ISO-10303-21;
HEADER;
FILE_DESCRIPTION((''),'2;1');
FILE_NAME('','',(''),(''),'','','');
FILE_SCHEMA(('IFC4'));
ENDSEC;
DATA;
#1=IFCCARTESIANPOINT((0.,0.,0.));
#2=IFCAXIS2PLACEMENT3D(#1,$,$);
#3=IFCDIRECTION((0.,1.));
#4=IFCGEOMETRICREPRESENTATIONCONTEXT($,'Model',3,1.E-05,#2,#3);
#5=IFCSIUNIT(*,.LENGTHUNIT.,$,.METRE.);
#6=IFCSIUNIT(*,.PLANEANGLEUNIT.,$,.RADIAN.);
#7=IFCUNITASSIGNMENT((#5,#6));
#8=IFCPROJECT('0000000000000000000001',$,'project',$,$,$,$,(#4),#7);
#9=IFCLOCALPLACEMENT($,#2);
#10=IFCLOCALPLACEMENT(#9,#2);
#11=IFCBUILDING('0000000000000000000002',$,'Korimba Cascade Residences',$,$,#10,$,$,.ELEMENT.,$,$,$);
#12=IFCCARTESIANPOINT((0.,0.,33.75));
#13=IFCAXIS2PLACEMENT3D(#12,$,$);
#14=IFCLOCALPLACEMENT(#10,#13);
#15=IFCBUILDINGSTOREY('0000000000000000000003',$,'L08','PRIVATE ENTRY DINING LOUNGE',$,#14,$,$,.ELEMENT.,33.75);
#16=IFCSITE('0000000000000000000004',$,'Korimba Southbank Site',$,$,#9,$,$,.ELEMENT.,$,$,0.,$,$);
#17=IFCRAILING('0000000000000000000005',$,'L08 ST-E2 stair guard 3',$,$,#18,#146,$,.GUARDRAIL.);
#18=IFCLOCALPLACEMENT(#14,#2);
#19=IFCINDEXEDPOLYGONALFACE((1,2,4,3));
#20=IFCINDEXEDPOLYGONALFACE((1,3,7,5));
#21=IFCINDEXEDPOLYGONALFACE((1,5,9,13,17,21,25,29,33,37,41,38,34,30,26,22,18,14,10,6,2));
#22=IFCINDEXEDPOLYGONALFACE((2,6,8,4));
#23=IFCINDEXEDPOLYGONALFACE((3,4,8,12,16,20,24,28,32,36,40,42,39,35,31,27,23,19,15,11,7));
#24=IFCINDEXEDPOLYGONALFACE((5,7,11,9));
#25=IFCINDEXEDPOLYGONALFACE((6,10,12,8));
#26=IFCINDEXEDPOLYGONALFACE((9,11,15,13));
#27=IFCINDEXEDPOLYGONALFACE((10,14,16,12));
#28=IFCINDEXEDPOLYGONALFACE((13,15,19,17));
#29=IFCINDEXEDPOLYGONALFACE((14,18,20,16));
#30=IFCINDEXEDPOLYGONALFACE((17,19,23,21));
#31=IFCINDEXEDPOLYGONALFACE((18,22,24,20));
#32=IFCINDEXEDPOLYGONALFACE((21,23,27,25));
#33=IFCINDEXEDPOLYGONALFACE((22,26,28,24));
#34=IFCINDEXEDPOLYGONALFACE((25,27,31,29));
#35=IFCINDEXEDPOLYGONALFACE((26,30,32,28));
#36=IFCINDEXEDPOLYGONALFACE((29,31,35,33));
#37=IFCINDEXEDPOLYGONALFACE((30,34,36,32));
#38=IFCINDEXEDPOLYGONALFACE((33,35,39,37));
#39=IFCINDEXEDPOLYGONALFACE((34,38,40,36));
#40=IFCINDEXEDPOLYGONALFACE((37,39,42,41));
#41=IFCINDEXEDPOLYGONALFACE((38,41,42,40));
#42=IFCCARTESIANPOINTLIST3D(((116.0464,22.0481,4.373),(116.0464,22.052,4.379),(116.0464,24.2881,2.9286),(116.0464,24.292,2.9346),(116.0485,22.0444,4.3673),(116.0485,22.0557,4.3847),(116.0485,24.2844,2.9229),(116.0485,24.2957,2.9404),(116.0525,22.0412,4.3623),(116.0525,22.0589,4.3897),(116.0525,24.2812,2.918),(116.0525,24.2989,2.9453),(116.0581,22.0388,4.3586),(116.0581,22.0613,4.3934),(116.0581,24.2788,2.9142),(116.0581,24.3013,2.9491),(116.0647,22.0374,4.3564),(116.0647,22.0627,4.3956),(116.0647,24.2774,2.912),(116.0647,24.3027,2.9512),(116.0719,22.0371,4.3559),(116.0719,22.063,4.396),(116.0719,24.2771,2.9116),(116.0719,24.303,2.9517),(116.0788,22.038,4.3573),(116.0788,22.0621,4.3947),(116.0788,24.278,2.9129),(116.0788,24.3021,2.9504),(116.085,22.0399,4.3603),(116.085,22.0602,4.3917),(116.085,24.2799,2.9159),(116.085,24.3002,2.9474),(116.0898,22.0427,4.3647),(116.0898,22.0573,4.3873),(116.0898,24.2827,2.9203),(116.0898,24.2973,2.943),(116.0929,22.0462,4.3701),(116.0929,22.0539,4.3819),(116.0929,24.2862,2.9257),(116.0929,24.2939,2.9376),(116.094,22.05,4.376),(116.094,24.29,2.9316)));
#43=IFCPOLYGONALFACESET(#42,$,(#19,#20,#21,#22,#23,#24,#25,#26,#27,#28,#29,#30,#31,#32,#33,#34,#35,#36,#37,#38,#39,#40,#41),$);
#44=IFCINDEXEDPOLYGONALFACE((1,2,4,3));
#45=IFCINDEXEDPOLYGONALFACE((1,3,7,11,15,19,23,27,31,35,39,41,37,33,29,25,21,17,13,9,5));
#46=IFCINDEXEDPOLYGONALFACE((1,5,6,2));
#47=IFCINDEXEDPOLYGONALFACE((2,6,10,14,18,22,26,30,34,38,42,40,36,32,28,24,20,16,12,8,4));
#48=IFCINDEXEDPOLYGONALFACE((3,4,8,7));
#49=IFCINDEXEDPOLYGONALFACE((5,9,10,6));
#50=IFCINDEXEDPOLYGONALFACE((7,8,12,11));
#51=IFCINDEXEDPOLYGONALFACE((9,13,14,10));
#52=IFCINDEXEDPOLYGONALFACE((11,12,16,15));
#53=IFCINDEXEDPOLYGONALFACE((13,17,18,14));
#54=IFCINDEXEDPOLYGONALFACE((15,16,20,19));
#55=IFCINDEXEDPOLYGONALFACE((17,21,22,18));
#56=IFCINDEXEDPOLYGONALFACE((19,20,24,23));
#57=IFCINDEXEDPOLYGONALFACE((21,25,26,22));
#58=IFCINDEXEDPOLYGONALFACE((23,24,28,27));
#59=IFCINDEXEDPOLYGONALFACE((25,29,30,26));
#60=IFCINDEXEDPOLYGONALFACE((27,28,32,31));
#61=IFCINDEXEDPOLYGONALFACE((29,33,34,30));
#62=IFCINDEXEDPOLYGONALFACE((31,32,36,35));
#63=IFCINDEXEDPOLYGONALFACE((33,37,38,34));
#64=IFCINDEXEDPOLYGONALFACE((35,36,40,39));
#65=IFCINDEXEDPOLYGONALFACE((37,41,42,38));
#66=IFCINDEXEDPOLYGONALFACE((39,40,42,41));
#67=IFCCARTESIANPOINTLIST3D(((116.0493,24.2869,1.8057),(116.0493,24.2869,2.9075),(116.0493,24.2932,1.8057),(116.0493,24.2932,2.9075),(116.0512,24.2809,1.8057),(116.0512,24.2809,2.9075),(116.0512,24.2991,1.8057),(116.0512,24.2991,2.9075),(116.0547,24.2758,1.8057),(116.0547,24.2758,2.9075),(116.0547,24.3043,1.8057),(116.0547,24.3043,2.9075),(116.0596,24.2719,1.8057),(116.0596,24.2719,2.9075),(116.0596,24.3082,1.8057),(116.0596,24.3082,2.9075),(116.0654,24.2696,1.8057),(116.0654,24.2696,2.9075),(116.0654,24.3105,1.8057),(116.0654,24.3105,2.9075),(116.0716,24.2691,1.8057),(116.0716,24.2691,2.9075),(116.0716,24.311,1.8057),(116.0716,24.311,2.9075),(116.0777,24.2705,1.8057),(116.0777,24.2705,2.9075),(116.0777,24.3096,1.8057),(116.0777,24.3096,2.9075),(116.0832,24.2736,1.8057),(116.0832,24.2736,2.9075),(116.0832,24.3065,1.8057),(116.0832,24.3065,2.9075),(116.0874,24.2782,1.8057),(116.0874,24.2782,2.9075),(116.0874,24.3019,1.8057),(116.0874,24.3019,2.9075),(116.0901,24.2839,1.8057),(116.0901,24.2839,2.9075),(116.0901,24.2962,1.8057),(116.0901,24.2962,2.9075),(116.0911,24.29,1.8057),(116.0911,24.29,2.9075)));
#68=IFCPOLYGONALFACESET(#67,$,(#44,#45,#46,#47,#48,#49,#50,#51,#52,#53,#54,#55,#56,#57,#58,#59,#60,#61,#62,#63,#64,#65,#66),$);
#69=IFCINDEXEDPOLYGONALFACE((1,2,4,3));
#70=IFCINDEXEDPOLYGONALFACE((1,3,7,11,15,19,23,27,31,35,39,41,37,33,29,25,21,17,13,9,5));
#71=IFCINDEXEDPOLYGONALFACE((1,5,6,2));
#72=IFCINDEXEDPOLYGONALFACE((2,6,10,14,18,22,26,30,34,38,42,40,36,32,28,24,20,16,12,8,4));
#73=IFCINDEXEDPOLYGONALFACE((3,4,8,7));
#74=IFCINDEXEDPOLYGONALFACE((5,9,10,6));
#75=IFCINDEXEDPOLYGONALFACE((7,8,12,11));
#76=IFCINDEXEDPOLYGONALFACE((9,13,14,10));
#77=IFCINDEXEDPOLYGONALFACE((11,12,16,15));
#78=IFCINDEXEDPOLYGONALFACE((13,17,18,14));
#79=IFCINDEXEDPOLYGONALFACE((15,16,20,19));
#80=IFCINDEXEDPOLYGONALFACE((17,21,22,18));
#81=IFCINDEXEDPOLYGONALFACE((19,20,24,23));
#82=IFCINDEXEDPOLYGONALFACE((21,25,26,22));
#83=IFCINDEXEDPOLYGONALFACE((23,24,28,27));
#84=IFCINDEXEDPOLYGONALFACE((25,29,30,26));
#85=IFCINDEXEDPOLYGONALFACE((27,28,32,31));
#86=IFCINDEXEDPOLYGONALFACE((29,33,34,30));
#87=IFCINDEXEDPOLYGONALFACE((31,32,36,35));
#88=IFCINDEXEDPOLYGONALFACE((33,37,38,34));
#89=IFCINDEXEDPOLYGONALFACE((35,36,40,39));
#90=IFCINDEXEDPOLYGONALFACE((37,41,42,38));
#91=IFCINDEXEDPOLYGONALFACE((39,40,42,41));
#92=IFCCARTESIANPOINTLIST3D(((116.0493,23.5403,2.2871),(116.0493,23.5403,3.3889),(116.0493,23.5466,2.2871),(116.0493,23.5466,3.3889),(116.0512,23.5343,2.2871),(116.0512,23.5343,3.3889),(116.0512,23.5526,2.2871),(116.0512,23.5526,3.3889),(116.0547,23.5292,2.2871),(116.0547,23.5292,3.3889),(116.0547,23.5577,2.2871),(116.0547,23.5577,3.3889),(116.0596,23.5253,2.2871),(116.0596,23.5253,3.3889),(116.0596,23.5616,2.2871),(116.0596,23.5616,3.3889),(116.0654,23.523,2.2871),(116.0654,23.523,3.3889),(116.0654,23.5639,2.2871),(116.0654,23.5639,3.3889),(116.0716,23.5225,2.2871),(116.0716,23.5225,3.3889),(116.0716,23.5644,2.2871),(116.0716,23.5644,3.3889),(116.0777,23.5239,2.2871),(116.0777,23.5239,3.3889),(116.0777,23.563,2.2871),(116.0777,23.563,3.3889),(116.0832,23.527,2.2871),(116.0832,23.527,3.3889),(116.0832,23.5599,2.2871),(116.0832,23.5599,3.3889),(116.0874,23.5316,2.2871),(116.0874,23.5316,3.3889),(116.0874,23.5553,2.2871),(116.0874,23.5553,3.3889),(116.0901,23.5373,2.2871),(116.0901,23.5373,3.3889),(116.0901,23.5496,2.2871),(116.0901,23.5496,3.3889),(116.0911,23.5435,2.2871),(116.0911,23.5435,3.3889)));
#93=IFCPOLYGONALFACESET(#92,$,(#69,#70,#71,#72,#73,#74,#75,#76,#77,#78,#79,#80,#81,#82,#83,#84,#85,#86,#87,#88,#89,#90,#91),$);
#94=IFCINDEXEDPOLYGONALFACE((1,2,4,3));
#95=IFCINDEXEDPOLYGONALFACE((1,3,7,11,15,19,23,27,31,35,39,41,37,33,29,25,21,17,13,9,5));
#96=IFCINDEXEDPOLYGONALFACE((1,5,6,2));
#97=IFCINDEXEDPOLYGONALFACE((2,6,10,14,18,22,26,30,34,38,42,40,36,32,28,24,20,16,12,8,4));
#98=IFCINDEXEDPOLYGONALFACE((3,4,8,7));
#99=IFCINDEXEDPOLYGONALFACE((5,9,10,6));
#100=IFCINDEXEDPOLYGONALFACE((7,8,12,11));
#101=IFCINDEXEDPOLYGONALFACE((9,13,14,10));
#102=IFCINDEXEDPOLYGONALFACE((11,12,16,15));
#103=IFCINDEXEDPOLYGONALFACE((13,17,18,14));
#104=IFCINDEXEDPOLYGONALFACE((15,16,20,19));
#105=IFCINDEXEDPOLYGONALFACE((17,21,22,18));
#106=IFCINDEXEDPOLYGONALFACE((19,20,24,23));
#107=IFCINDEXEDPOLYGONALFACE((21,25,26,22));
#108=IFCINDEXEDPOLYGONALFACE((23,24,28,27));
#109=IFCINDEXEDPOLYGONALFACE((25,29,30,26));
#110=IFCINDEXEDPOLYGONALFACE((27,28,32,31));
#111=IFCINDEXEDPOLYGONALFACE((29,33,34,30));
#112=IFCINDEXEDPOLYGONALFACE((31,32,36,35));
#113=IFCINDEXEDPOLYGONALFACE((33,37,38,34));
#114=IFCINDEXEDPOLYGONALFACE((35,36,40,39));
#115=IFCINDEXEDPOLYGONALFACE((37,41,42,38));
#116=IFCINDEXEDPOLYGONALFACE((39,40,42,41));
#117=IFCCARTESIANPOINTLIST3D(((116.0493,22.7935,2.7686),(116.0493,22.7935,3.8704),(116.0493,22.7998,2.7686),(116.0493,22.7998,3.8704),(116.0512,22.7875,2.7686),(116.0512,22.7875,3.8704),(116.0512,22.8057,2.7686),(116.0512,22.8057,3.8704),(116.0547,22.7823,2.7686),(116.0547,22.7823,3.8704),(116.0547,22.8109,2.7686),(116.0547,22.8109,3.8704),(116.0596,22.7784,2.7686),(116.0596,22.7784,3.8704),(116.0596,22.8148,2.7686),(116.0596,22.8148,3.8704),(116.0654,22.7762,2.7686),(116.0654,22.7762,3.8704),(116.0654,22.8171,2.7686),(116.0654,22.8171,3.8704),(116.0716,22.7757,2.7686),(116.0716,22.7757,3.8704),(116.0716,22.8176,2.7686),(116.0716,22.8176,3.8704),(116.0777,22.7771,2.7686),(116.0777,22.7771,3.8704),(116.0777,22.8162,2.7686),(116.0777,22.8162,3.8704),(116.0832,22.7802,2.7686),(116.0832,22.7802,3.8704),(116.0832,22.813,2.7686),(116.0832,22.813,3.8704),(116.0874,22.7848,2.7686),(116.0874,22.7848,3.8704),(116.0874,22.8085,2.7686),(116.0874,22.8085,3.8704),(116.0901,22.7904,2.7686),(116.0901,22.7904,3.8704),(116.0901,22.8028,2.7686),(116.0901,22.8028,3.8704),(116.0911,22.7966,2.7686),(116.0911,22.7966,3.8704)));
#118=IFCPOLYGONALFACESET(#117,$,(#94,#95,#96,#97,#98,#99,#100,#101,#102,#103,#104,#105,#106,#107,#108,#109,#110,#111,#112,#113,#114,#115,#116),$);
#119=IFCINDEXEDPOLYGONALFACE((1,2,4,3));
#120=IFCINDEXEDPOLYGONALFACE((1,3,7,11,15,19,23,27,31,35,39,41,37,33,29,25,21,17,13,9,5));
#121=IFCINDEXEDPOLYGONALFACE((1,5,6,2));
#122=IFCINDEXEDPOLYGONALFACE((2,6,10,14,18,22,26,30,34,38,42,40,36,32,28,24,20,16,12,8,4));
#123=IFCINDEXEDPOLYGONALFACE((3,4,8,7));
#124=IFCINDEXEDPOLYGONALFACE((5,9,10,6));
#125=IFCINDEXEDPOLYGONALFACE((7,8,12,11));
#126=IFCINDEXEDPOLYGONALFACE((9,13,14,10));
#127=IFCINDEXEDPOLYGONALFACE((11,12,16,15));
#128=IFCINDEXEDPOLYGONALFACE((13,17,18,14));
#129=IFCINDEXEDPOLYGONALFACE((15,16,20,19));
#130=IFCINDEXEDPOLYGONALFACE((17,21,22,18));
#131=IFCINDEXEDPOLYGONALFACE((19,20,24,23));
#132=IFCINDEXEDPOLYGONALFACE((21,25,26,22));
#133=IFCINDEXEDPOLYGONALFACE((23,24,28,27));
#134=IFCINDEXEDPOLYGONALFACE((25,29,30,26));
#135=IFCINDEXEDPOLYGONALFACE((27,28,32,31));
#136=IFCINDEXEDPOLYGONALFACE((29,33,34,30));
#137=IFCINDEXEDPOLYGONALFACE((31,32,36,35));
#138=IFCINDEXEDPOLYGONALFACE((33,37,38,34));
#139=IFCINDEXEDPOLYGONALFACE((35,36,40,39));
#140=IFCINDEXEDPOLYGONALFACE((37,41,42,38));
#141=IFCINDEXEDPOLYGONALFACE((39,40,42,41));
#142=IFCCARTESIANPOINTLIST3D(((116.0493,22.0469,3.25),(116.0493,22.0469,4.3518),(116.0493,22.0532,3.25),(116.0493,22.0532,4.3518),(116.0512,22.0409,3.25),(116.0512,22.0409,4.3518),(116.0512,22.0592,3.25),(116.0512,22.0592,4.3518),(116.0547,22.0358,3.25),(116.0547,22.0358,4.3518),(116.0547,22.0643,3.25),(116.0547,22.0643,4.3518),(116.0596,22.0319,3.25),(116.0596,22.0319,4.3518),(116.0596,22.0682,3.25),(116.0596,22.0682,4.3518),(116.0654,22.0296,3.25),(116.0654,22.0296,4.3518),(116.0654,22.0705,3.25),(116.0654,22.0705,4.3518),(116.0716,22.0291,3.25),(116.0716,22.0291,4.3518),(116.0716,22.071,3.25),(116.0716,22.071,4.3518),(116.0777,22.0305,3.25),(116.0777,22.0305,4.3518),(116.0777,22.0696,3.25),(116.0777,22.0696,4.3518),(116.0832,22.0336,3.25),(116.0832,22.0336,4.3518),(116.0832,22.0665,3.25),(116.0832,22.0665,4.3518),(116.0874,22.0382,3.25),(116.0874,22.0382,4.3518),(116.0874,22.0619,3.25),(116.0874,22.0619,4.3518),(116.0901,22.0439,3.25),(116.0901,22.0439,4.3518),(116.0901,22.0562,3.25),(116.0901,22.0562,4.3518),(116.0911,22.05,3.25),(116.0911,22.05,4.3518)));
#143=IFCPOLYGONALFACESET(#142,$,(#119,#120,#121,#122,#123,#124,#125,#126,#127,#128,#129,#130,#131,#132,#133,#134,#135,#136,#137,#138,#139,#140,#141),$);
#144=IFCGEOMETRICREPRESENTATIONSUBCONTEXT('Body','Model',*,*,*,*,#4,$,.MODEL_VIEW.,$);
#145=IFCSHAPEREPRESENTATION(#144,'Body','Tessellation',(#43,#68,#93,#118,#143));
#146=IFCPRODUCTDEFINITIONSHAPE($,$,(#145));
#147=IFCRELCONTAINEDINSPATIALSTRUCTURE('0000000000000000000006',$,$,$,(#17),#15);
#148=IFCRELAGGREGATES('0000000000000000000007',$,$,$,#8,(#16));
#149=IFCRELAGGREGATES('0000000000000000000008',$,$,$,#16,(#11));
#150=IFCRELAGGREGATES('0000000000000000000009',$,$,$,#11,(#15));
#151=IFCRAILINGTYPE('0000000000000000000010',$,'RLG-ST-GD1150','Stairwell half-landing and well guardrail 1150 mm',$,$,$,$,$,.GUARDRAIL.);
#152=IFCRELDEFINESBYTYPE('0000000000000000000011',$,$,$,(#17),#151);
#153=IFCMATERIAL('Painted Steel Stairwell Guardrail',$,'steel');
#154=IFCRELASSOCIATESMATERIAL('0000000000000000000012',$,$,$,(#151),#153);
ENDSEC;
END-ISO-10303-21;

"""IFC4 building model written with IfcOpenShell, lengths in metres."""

from ifc_helpers import new_model, si_unit, direction, frame, origin, origin_2d, place, context, subcontext, project, spatial, circle, extrude, material, type_object, element, save


model = new_model("IFC4")

# Units and contexts
model_context = context("Model", 3, precision=1e-05, world=origin(), true_north=direction((0.0, 1.0)))
body_context = subcontext(model_context, "Body", "Model", "MODEL_VIEW")
ifc_project = project(units=[si_unit("LENGTHUNIT", "METRE"), si_unit("PLANEANGLEUNIT", "RADIAN")], contexts=[model_context])

# Site, building, storey
site_placement = place(None, origin())
site = spatial("IfcSite", under=ifc_project, at=site_placement, Name="Korimba Southbank Site", CompositionType="ELEMENT", RefElevation=0.0)
building_placement = place(site_placement, origin())
building = spatial("IfcBuilding", under=site, at=building_placement, Name="Korimba Cascade Residences", CompositionType="ELEMENT")
storey_placement = place(building_placement, frame((0.0, 0.0, 33.75)))
storey = spatial("IfcBuildingStorey", under=building, at=storey_placement, Name="L08", Description="PRIVATE ENTRY DINING LOUNGE", CompositionType="ELEMENT", Elevation=33.75)

# Railing
ifc_material_1 = material(Name="Painted Steel Stairwell Guardrail", Category="steel")
railing_type_1 = type_object("IfcRailingType", Name="RLG-ST-GD1150", Description="Stairwell half-landing and well guardrail 1150 mm", PredefinedType="GUARDRAIL", material=ifc_material_1)
railing_1_placement = place(storey_placement, frame((116.0701, 24.29, 1.8057)))
element("IfcRailing", 1, at=railing_1_placement, inside=storey, type_object=railing_type_1, Name="L08 ST-E2 stair guard 3", PredefinedType="GUARDRAIL", context=body_context, shape_type="SweptSolid", body=[
    extrude(circle(Radius=0.0239, at=origin_2d()), frame((0.0, 0.0, 1.126), z_axis=(0.0, -0.840437, 0.54191), x_axis=(1.0, 0.0, 0.0)), (0.0, 0.0, 1.0), 2.6653),
    extrude(circle(Radius=0.021, at=origin_2d()), origin(), (0.0, 0.0, 1.0), 1.1018),
    extrude(circle(Radius=0.021, at=origin_2d()), frame((0.0, -0.7466, 0.4814)), (0.0, 0.0, 1.0), 1.1018),
    extrude(circle(Radius=0.021, at=origin_2d()), frame((0.0, -1.4934, 0.9629)), (0.0, 0.0, 1.0), 1.1018),
    extrude(circle(Radius=0.021, at=origin_2d()), frame((0.0, -2.24, 1.4443)), (0.0, 0.0, 1.0), 1.1018),
])

save(model, "model.ifc")
